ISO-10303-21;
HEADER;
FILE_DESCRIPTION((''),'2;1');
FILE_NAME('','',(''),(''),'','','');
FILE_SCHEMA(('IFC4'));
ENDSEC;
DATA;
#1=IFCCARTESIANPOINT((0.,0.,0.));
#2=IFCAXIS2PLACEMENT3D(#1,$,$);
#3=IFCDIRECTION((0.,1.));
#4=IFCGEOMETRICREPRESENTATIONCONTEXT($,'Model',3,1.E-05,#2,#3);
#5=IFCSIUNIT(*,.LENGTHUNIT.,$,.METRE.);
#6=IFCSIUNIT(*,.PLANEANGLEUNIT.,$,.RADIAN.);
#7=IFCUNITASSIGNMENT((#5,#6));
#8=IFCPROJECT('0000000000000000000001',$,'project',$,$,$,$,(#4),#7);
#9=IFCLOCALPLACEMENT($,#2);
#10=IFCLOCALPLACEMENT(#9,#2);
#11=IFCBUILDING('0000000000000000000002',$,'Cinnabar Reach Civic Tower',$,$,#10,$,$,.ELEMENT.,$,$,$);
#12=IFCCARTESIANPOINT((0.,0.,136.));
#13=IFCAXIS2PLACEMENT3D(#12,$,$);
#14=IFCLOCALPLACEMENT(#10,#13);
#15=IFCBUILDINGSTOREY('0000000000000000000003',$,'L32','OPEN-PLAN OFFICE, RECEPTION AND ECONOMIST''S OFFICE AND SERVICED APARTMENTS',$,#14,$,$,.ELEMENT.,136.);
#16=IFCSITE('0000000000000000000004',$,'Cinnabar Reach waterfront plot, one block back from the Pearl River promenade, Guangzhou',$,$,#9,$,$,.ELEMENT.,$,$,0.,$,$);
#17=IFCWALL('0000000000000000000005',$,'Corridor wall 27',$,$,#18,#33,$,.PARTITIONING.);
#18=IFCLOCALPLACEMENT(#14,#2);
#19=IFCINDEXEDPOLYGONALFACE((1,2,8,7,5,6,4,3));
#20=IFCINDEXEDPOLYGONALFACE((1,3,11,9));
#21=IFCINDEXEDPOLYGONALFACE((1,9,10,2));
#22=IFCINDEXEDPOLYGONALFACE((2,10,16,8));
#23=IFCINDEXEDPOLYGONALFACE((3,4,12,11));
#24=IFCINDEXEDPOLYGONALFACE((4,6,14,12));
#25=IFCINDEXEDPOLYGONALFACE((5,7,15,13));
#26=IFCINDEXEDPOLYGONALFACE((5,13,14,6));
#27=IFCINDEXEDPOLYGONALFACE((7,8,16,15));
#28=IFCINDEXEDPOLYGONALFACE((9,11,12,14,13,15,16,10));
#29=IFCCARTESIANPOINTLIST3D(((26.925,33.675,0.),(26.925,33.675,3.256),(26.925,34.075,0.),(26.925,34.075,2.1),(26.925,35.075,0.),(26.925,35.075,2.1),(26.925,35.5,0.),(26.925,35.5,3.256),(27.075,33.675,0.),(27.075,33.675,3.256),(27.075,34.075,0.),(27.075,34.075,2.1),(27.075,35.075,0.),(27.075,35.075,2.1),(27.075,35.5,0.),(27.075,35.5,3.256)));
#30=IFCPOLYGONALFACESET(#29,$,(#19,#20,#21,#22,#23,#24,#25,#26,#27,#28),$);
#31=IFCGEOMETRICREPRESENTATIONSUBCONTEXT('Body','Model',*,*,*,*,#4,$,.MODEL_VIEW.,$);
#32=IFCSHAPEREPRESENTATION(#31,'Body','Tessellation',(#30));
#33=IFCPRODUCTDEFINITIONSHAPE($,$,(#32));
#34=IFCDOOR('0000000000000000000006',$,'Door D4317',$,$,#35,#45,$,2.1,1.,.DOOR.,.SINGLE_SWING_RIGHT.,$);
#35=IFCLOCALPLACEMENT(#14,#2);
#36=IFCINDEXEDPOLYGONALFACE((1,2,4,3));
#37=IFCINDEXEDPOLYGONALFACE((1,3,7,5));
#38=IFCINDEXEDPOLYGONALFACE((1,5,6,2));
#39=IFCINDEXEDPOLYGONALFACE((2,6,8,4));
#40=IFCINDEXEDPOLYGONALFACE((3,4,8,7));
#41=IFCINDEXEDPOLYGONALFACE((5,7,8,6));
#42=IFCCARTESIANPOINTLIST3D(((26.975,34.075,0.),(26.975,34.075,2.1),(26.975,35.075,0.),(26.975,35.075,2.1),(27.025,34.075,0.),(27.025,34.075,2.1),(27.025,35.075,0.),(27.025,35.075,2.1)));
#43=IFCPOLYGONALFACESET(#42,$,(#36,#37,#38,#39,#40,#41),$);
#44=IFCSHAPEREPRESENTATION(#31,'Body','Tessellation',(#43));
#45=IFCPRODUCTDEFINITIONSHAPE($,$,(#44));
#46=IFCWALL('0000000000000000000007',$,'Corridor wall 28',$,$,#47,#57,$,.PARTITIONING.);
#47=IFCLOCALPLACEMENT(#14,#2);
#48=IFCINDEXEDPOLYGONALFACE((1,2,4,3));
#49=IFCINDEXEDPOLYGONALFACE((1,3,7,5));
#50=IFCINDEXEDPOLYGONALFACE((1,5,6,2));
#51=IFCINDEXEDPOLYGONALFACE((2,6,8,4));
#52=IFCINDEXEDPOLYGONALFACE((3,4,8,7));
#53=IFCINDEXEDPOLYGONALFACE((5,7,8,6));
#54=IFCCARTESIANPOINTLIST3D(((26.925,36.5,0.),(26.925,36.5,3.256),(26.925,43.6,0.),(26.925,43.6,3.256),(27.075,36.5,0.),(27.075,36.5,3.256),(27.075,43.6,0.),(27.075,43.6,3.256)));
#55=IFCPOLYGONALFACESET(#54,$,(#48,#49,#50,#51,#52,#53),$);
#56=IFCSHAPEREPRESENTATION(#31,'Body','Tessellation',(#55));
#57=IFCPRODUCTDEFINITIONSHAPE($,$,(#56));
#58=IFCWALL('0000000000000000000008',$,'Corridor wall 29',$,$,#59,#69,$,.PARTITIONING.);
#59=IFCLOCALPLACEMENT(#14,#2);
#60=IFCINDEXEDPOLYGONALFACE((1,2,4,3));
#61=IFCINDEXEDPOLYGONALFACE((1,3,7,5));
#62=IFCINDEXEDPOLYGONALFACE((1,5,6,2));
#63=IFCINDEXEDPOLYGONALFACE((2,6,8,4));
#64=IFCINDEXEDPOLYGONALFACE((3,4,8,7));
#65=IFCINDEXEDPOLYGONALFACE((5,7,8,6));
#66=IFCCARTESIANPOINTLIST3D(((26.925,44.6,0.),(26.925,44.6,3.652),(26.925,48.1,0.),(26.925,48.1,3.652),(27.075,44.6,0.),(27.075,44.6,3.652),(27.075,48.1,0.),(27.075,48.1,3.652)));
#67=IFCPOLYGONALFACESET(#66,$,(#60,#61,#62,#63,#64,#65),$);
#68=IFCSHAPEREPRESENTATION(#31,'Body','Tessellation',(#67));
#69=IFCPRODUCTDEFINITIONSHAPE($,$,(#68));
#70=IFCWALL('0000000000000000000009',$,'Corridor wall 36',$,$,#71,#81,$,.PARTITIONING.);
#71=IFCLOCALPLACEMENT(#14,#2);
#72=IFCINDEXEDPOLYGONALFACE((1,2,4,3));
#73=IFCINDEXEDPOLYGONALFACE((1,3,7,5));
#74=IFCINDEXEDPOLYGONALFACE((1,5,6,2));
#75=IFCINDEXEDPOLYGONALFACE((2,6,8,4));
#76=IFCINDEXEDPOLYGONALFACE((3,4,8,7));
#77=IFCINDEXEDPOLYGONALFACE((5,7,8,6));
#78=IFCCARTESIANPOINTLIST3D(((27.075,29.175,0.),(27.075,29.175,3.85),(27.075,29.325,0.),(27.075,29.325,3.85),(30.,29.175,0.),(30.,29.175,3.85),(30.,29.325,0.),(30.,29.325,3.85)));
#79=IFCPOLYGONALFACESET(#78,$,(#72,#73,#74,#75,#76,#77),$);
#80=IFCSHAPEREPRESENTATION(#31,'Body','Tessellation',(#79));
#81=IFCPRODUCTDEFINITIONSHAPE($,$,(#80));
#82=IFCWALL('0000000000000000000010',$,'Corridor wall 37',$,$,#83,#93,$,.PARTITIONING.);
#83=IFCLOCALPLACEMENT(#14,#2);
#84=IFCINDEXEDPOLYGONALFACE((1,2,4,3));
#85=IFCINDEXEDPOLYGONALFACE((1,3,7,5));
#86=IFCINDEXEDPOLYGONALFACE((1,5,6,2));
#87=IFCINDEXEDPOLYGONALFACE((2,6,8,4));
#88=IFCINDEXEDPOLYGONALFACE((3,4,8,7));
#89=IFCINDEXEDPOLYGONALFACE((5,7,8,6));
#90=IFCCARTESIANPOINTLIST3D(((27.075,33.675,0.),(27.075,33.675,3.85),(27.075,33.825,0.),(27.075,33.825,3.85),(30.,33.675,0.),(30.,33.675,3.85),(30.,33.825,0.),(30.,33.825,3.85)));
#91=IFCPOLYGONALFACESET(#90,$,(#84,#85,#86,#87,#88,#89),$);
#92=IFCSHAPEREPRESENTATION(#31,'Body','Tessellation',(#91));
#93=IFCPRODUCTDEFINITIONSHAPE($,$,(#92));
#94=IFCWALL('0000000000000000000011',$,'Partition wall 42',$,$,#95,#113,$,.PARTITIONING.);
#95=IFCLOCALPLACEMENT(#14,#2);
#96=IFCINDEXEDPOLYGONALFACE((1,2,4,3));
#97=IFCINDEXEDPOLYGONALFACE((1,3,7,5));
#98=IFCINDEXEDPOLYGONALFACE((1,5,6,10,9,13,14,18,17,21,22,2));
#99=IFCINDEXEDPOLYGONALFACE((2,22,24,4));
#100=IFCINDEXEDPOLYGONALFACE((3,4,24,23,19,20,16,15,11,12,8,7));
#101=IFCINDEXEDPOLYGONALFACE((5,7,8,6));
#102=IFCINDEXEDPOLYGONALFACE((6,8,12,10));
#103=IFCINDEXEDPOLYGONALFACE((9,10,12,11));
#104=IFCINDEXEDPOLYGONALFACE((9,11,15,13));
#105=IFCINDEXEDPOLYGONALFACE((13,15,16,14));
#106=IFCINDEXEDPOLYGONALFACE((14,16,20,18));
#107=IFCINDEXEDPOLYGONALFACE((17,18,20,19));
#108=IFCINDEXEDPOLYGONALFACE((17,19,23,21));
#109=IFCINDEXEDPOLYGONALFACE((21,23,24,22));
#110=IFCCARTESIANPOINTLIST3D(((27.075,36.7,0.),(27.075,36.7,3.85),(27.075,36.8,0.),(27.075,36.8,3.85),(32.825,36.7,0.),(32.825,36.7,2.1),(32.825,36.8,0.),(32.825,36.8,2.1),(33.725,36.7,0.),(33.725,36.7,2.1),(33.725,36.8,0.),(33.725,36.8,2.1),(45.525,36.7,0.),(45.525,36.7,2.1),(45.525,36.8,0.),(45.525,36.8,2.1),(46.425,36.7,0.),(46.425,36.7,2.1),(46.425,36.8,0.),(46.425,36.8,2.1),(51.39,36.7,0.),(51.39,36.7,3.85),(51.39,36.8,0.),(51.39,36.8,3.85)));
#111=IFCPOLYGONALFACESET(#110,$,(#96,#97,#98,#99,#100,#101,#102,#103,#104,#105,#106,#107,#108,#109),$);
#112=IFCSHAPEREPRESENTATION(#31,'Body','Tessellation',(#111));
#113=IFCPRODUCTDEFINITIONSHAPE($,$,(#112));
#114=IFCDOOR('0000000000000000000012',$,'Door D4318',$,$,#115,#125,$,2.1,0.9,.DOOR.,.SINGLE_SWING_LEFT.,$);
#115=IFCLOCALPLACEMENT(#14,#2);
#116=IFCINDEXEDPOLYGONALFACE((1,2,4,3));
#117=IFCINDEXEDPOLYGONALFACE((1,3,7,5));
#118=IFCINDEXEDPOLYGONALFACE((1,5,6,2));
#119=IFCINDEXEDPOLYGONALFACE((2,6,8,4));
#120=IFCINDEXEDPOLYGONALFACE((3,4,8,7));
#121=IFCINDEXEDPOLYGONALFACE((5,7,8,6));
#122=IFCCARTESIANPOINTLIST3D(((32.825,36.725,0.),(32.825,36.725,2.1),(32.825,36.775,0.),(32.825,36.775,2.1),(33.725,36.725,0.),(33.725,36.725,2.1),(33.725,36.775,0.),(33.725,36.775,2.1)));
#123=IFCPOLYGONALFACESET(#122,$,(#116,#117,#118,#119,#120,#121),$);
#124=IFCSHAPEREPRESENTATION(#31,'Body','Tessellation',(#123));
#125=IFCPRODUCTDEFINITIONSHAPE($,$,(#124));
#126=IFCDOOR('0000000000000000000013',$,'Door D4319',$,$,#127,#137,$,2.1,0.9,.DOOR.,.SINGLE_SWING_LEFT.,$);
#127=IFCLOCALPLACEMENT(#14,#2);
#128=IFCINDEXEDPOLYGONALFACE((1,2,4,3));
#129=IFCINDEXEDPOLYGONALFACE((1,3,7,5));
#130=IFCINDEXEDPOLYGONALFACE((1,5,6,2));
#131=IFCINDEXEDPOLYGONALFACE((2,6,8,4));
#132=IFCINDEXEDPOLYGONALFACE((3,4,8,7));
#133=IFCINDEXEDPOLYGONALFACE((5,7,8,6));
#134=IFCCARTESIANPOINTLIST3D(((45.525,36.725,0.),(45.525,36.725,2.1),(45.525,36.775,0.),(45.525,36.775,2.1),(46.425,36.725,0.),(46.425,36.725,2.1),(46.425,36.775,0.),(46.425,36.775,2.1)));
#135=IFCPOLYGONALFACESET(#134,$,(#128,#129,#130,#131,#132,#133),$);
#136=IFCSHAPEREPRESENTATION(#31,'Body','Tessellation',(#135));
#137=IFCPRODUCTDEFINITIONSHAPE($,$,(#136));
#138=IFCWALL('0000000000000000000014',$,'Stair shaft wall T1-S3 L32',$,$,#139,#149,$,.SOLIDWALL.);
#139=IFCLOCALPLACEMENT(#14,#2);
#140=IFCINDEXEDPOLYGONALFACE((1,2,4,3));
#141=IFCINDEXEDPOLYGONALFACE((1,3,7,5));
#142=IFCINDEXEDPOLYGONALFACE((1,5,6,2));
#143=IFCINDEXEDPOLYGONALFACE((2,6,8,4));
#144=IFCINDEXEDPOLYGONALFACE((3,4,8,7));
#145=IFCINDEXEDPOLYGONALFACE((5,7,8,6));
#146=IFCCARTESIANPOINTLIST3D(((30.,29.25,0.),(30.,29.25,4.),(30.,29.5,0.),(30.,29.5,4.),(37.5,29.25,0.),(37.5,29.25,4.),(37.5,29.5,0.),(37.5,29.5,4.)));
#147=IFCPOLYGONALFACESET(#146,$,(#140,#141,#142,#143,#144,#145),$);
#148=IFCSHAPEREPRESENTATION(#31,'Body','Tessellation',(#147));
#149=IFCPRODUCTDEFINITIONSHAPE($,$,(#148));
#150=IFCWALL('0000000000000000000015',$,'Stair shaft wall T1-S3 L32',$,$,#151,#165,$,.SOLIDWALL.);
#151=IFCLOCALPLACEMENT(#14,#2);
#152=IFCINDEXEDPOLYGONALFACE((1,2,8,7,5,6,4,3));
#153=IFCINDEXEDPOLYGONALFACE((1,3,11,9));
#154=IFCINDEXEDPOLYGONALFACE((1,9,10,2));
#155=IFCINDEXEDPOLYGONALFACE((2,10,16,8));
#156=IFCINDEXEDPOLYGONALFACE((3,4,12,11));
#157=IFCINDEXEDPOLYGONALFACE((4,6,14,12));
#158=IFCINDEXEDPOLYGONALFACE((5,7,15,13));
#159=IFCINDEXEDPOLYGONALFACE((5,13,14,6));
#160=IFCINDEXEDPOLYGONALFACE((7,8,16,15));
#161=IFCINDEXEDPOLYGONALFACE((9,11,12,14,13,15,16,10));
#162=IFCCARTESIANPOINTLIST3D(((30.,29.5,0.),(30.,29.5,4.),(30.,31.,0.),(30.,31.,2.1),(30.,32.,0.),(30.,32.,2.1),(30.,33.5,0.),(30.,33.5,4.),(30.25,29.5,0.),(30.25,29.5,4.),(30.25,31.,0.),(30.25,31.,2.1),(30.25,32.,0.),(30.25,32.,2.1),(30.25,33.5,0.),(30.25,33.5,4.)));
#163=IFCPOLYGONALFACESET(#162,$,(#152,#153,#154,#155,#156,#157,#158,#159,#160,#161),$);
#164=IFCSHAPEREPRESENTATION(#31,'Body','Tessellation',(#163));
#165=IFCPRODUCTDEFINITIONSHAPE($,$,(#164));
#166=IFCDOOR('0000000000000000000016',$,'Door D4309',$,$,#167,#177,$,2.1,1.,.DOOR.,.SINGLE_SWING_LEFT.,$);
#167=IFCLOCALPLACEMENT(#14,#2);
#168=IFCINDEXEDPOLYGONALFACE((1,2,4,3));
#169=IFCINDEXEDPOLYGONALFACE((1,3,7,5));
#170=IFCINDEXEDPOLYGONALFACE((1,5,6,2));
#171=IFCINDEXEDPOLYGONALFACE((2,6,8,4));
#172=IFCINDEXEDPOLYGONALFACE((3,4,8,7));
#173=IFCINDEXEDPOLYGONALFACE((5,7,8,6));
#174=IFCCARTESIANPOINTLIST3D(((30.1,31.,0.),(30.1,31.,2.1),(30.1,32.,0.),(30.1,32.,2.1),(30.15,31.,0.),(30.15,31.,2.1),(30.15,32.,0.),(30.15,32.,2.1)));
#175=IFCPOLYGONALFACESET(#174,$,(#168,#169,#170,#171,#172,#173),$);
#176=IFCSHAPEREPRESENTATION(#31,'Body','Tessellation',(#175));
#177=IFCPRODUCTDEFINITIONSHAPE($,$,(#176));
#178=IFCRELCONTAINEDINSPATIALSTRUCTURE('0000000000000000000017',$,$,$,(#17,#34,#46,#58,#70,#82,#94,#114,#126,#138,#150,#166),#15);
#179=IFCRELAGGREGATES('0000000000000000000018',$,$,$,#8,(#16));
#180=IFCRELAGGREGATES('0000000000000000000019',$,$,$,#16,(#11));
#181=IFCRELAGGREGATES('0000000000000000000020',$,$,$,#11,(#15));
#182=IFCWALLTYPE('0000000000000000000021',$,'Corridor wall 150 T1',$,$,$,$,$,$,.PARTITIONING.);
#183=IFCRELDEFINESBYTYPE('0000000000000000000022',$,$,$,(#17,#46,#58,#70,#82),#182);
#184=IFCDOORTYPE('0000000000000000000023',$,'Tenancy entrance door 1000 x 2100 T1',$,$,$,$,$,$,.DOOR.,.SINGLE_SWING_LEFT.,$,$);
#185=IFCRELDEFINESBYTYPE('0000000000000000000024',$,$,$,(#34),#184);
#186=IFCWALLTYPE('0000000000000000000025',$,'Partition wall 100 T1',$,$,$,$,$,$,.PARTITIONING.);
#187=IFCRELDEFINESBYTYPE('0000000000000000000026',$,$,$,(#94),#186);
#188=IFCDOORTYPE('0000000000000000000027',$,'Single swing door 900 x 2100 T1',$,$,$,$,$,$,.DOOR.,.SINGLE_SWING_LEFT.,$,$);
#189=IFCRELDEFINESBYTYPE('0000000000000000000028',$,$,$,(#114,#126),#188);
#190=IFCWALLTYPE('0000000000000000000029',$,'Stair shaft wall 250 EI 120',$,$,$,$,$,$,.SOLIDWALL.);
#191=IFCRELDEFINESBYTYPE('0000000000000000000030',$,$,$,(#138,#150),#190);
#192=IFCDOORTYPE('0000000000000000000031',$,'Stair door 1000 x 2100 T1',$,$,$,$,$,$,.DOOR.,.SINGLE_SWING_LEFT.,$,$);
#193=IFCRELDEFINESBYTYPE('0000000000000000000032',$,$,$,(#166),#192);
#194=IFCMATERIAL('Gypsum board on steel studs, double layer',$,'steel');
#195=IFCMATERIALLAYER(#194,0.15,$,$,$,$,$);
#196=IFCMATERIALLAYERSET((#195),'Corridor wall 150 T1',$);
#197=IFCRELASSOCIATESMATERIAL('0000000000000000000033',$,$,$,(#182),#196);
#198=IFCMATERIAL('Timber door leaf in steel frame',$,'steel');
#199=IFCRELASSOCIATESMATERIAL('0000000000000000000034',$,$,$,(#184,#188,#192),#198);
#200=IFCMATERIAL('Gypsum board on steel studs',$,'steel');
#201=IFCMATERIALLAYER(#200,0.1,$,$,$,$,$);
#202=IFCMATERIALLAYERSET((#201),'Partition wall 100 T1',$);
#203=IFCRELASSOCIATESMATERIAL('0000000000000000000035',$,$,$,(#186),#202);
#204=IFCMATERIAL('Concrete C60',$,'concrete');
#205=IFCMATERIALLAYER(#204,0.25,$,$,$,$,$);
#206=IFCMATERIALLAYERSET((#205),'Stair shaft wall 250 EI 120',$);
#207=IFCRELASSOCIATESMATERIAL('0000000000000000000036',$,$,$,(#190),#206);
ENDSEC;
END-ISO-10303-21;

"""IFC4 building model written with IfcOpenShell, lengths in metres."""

from ifc_helpers import new_model, si_unit, direction, frame, frame_2d, origin, place, context, subcontext, project, spatial, rectangle, extrude, material, layer, layer_set, type_object, element, fill, save


model = new_model("IFC4")

# Units and contexts
model_context = context("Model", 3, precision=1e-05, world=origin(), true_north=direction((0.0, 1.0)))
body_context = subcontext(model_context, "Body", "Model", "MODEL_VIEW")
ifc_project = project(units=[si_unit("LENGTHUNIT", "METRE"), si_unit("PLANEANGLEUNIT", "RADIAN")], contexts=[model_context])

# Site, building, storey
site_placement = place(None, origin())
site = spatial("IfcSite", under=ifc_project, at=site_placement, Name="Cinnabar Reach waterfront plot, one block back from the Pearl River promenade, Guangzhou", CompositionType="ELEMENT", RefElevation=0.0)
building_placement = place(site_placement, origin())
building = spatial("IfcBuilding", under=site, at=building_placement, Name="Cinnabar Reach Civic Tower", CompositionType="ELEMENT")
storey_placement = place(building_placement, frame((0.0, 0.0, 136.0)))
storey = spatial("IfcBuildingStorey", under=building, at=storey_placement, Name="L32", Description="OPEN-PLAN OFFICE, RECEPTION AND ECONOMIST'S OFFICE AND SERVICED APARTMENTS", CompositionType="ELEMENT", Elevation=136.0)

# Wall, opening, door
ifc_material_1 = material(Name="Gypsum board on steel studs, double layer", Category="steel")
ifc_layer_1 = layer(ifc_material_1, 0.15)
ifc_layer_set_1 = layer_set([ifc_layer_1], Name="Corridor wall 150 T1")
wall_type_1 = type_object("IfcWallType", Name="Corridor wall 150 T1", PredefinedType="PARTITIONING", material=ifc_layer_set_1)
wall_1_placement = place(storey_placement, frame((27.0, 33.675, 0.0), z_axis=(0.0, 0.0, 1.0), x_axis=(0.0, 1.0, 0.0)))
wall_1 = element("IfcWall", 1, at=wall_1_placement, inside=storey, type_object=wall_type_1, Name="Corridor wall 27", PredefinedType="PARTITIONING", context=body_context, shape_type="SweptSolid", body=[
    extrude(rectangle(XDim=1.825, YDim=0.15, at=frame_2d((0.9125, 0.0))), origin(), (0.0, 0.0, 1.0), 3.256),
])
opening_1_placement = place(wall_1_placement, frame((0.4, 0.0, 0.0)))
opening_1 = element("IfcOpeningElement", 2, at=opening_1_placement, cuts=wall_1, PredefinedType="OPENING", context=body_context, shape_type="SweptSolid", body=[
    extrude(rectangle(XDim=1.0, YDim=2.1, at=frame_2d((0.5, 1.05))), frame((0.0, 0.085, 0.0), z_axis=(0.0, -1.0, 0.0), x_axis=(1.0, 0.0, 0.0)), (0.0, 0.0, 1.0), 0.17),
])
ifc_material_2 = material(Name="Timber door leaf in steel frame", Category="steel")
door_type_1 = type_object("IfcDoorType", Name="Tenancy entrance door 1000 x 2100 T1", OperationType="SINGLE_SWING_LEFT", PredefinedType="DOOR", material=ifc_material_2)
door_1_placement = place(opening_1_placement, frame((1.0, 0.0, 0.0), z_axis=(0.0, 0.0, 1.0), x_axis=(-1.0, 0.0, 0.0)))
door_1 = element("IfcDoor", 3, at=door_1_placement, inside=storey, type_object=door_type_1, Name="Door D4317", OperationType="SINGLE_SWING_RIGHT", OverallHeight=2.1, OverallWidth=1.0, PredefinedType="DOOR", context=body_context, shape_type="SweptSolid", body=[
    extrude(rectangle(XDim=1.0, YDim=2.1, at=frame_2d((0.5, 1.05))), frame((0.0, 0.025, 0.0), z_axis=(0.0, -1.0, 0.0), x_axis=(1.0, 0.0, 0.0)), (0.0, 0.0, 1.0), 0.05),
])
fill(opening_1, door_1)

# Walls
wall_2_placement = place(storey_placement, frame((27.0, 36.5, 0.0), z_axis=(0.0, 0.0, 1.0), x_axis=(0.0, 1.0, 0.0)))
element("IfcWall", 4, at=wall_2_placement, inside=storey, type_object=wall_type_1, Name="Corridor wall 28", PredefinedType="PARTITIONING", context=body_context, shape_type="SweptSolid", body=[
    extrude(rectangle(XDim=7.1, YDim=0.15, at=frame_2d((3.55, 0.0))), origin(), (0.0, 0.0, 1.0), 3.256),
])
wall_3_placement = place(storey_placement, frame((27.0, 44.6, 0.0), z_axis=(0.0, 0.0, 1.0), x_axis=(0.0, 1.0, 0.0)))
element("IfcWall", 5, at=wall_3_placement, inside=storey, type_object=wall_type_1, Name="Corridor wall 29", PredefinedType="PARTITIONING", context=body_context, shape_type="SweptSolid", body=[
    extrude(rectangle(XDim=3.5, YDim=0.15, at=frame_2d((1.75, 0.0))), origin(), (0.0, 0.0, 1.0), 3.652),
])
for number, where, z_axis, x_axis, name in (
    (6, (27.075, 29.25, 0.0), (0.0, 0.0, 1.0), (1.0, 0.0, 0.0), "Corridor wall 36"),
    (7, (27.075, 33.75, 0.0), (0.0, 0.0, 1.0), (1.0, 0.0, 0.0), "Corridor wall 37"),
):
    element("IfcWall", number, at=place(storey_placement, frame(where, z_axis=z_axis, x_axis=x_axis)), inside=storey, type_object=wall_type_1, Name=name, PredefinedType="PARTITIONING", context=body_context, shape_type="SweptSolid", body=[
        extrude(rectangle(XDim=2.925, YDim=0.15, at=frame_2d((1.4625, 0.0))), origin(), (0.0, 0.0, 1.0), 3.85),
    ])

# Wall, openings, doors
ifc_material_3 = material(Name="Gypsum board on steel studs", Category="steel")
ifc_layer_2 = layer(ifc_material_3, 0.1)
ifc_layer_set_2 = layer_set([ifc_layer_2], Name="Partition wall 100 T1")
wall_type_2 = type_object("IfcWallType", Name="Partition wall 100 T1", PredefinedType="PARTITIONING", material=ifc_layer_set_2)
wall_4_placement = place(storey_placement, frame((27.075, 36.75, 0.0), z_axis=(0.0, 0.0, 1.0), x_axis=(1.0, 0.0, 0.0)))
wall_4 = element("IfcWall", 8, at=wall_4_placement, inside=storey, type_object=wall_type_2, Name="Partition wall 42", PredefinedType="PARTITIONING", context=body_context, shape_type="SweptSolid", body=[
    extrude(rectangle(XDim=24.315, YDim=0.1, at=frame_2d((12.1575, 0.0))), origin(), (0.0, 0.0, 1.0), 3.85),
])
opening_2_placement = place(wall_4_placement, frame((5.75, 0.0, 0.0)))
opening_2 = element("IfcOpeningElement", 9, at=opening_2_placement, cuts=wall_4, PredefinedType="OPENING", context=body_context, shape_type="SweptSolid", body=[
    extrude(rectangle(XDim=0.9, YDim=2.1, at=frame_2d((0.45, 1.05))), frame((0.0, 0.06, 0.0), z_axis=(0.0, -1.0, 0.0), x_axis=(1.0, 0.0, 0.0)), (0.0, 0.0, 1.0), 0.12),
])
opening_3_placement = place(wall_4_placement, frame((18.45, 0.0, 0.0)))
opening_3 = element("IfcOpeningElement", 10, at=opening_3_placement, cuts=wall_4, PredefinedType="OPENING", context=body_context, shape_type="SweptSolid", body=[
    extrude(rectangle(XDim=0.9, YDim=2.1, at=frame_2d((0.45, 1.05))), frame((0.0, 0.06, 0.0), z_axis=(0.0, -1.0, 0.0), x_axis=(1.0, 0.0, 0.0)), (0.0, 0.0, 1.0), 0.12),
])
door_type_2 = type_object("IfcDoorType", Name="Single swing door 900 x 2100 T1", OperationType="SINGLE_SWING_LEFT", PredefinedType="DOOR", material=ifc_material_2)
door_2_placement = place(opening_2_placement, frame((0.9, 0.0, 0.0), z_axis=(0.0, 0.0, 1.0), x_axis=(-1.0, 0.0, 0.0)))
door_2 = element("IfcDoor", 11, at=door_2_placement, inside=storey, type_object=door_type_2, Name="Door D4318", OperationType="SINGLE_SWING_LEFT", OverallHeight=2.1, OverallWidth=0.9, PredefinedType="DOOR", context=body_context, shape_type="SweptSolid", body=[
    extrude(rectangle(XDim=0.9, YDim=2.1, at=frame_2d((0.45, 1.05))), frame((0.0, 0.025, 0.0), z_axis=(0.0, -1.0, 0.0), x_axis=(1.0, 0.0, 0.0)), (0.0, 0.0, 1.0), 0.05),
])
fill(opening_2, door_2)
door_3_placement = place(opening_3_placement, origin())
door_3 = element("IfcDoor", 12, at=door_3_placement, inside=storey, type_object=door_type_2, Name="Door D4319", OperationType="SINGLE_SWING_LEFT", OverallHeight=2.1, OverallWidth=0.9, PredefinedType="DOOR", context=body_context, shape_type="SweptSolid", body=[
    extrude(rectangle(XDim=0.9, YDim=2.1, at=frame_2d((0.45, 1.05))), frame((0.0, 0.025, 0.0), z_axis=(0.0, -1.0, 0.0), x_axis=(1.0, 0.0, 0.0)), (0.0, 0.0, 1.0), 0.05),
])
fill(opening_3, door_3)

# Wall
ifc_material_4 = material(Name="Concrete C60", Category="concrete")
ifc_layer_3 = layer(ifc_material_4, 0.25)
ifc_layer_set_3 = layer_set([ifc_layer_3], Name="Stair shaft wall 250 EI 120")
wall_type_3 = type_object("IfcWallType", Name="Stair shaft wall 250 EI 120", PredefinedType="SOLIDWALL", material=ifc_layer_set_3)
wall_5_placement = place(storey_placement, frame((30.0, 29.375, 0.0), z_axis=(0.0, 0.0, 1.0), x_axis=(1.0, 0.0, 0.0)))
element("IfcWall", 13, at=wall_5_placement, inside=storey, type_object=wall_type_3, Name="Stair shaft wall T1-S3 L32", PredefinedType="SOLIDWALL", context=body_context, shape_type="SweptSolid", body=[
    extrude(rectangle(XDim=7.5, YDim=0.25, at=frame_2d((3.75, 0.0))), origin(), (0.0, 0.0, 1.0), 4.0),
])

# Wall, opening, door
wall_6_placement = place(storey_placement, frame((30.125, 33.5, 0.0), z_axis=(0.0, 0.0, 1.0), x_axis=(0.0, -1.0, 0.0)))
wall_6 = element("IfcWall", 14, at=wall_6_placement, inside=storey, type_object=wall_type_3, Name="Stair shaft wall T1-S3 L32", PredefinedType="SOLIDWALL", context=body_context, shape_type="SweptSolid", body=[
    extrude(rectangle(XDim=4.0, YDim=0.25, at=frame_2d((2.0, 0.0))), origin(), (0.0, 0.0, 1.0), 4.0),
])
opening_4_placement = place(wall_6_placement, frame((1.5, 0.0, 0.0)))
opening_4 = element("IfcOpeningElement", 15, at=opening_4_placement, cuts=wall_6, PredefinedType="OPENING", context=body_context, shape_type="SweptSolid", body=[
    extrude(rectangle(XDim=1.0, YDim=2.1, at=frame_2d((0.5, 1.05))), frame((0.0, 0.135, 0.0), z_axis=(0.0, -1.0, 0.0), x_axis=(1.0, 0.0, 0.0)), (0.0, 0.0, 1.0), 0.27),
])
door_type_3 = type_object("IfcDoorType", Name="Stair door 1000 x 2100 T1", OperationType="SINGLE_SWING_LEFT", PredefinedType="DOOR", material=ifc_material_2)
door_4_placement = place(opening_4_placement, origin())
door_4 = element("IfcDoor", 16, at=door_4_placement, inside=storey, type_object=door_type_3, Name="Door D4309", OperationType="SINGLE_SWING_LEFT", OverallHeight=2.1, OverallWidth=1.0, PredefinedType="DOOR", context=body_context, shape_type="SweptSolid", body=[
    extrude(rectangle(XDim=1.0, YDim=2.1, at=frame_2d((0.5, 1.05))), frame((0.0, 0.025, 0.0), z_axis=(0.0, -1.0, 0.0), x_axis=(1.0, 0.0, 0.0)), (0.0, 0.0, 1.0), 0.05),
])
fill(opening_4, door_4)

save(model, "model.ifc")
